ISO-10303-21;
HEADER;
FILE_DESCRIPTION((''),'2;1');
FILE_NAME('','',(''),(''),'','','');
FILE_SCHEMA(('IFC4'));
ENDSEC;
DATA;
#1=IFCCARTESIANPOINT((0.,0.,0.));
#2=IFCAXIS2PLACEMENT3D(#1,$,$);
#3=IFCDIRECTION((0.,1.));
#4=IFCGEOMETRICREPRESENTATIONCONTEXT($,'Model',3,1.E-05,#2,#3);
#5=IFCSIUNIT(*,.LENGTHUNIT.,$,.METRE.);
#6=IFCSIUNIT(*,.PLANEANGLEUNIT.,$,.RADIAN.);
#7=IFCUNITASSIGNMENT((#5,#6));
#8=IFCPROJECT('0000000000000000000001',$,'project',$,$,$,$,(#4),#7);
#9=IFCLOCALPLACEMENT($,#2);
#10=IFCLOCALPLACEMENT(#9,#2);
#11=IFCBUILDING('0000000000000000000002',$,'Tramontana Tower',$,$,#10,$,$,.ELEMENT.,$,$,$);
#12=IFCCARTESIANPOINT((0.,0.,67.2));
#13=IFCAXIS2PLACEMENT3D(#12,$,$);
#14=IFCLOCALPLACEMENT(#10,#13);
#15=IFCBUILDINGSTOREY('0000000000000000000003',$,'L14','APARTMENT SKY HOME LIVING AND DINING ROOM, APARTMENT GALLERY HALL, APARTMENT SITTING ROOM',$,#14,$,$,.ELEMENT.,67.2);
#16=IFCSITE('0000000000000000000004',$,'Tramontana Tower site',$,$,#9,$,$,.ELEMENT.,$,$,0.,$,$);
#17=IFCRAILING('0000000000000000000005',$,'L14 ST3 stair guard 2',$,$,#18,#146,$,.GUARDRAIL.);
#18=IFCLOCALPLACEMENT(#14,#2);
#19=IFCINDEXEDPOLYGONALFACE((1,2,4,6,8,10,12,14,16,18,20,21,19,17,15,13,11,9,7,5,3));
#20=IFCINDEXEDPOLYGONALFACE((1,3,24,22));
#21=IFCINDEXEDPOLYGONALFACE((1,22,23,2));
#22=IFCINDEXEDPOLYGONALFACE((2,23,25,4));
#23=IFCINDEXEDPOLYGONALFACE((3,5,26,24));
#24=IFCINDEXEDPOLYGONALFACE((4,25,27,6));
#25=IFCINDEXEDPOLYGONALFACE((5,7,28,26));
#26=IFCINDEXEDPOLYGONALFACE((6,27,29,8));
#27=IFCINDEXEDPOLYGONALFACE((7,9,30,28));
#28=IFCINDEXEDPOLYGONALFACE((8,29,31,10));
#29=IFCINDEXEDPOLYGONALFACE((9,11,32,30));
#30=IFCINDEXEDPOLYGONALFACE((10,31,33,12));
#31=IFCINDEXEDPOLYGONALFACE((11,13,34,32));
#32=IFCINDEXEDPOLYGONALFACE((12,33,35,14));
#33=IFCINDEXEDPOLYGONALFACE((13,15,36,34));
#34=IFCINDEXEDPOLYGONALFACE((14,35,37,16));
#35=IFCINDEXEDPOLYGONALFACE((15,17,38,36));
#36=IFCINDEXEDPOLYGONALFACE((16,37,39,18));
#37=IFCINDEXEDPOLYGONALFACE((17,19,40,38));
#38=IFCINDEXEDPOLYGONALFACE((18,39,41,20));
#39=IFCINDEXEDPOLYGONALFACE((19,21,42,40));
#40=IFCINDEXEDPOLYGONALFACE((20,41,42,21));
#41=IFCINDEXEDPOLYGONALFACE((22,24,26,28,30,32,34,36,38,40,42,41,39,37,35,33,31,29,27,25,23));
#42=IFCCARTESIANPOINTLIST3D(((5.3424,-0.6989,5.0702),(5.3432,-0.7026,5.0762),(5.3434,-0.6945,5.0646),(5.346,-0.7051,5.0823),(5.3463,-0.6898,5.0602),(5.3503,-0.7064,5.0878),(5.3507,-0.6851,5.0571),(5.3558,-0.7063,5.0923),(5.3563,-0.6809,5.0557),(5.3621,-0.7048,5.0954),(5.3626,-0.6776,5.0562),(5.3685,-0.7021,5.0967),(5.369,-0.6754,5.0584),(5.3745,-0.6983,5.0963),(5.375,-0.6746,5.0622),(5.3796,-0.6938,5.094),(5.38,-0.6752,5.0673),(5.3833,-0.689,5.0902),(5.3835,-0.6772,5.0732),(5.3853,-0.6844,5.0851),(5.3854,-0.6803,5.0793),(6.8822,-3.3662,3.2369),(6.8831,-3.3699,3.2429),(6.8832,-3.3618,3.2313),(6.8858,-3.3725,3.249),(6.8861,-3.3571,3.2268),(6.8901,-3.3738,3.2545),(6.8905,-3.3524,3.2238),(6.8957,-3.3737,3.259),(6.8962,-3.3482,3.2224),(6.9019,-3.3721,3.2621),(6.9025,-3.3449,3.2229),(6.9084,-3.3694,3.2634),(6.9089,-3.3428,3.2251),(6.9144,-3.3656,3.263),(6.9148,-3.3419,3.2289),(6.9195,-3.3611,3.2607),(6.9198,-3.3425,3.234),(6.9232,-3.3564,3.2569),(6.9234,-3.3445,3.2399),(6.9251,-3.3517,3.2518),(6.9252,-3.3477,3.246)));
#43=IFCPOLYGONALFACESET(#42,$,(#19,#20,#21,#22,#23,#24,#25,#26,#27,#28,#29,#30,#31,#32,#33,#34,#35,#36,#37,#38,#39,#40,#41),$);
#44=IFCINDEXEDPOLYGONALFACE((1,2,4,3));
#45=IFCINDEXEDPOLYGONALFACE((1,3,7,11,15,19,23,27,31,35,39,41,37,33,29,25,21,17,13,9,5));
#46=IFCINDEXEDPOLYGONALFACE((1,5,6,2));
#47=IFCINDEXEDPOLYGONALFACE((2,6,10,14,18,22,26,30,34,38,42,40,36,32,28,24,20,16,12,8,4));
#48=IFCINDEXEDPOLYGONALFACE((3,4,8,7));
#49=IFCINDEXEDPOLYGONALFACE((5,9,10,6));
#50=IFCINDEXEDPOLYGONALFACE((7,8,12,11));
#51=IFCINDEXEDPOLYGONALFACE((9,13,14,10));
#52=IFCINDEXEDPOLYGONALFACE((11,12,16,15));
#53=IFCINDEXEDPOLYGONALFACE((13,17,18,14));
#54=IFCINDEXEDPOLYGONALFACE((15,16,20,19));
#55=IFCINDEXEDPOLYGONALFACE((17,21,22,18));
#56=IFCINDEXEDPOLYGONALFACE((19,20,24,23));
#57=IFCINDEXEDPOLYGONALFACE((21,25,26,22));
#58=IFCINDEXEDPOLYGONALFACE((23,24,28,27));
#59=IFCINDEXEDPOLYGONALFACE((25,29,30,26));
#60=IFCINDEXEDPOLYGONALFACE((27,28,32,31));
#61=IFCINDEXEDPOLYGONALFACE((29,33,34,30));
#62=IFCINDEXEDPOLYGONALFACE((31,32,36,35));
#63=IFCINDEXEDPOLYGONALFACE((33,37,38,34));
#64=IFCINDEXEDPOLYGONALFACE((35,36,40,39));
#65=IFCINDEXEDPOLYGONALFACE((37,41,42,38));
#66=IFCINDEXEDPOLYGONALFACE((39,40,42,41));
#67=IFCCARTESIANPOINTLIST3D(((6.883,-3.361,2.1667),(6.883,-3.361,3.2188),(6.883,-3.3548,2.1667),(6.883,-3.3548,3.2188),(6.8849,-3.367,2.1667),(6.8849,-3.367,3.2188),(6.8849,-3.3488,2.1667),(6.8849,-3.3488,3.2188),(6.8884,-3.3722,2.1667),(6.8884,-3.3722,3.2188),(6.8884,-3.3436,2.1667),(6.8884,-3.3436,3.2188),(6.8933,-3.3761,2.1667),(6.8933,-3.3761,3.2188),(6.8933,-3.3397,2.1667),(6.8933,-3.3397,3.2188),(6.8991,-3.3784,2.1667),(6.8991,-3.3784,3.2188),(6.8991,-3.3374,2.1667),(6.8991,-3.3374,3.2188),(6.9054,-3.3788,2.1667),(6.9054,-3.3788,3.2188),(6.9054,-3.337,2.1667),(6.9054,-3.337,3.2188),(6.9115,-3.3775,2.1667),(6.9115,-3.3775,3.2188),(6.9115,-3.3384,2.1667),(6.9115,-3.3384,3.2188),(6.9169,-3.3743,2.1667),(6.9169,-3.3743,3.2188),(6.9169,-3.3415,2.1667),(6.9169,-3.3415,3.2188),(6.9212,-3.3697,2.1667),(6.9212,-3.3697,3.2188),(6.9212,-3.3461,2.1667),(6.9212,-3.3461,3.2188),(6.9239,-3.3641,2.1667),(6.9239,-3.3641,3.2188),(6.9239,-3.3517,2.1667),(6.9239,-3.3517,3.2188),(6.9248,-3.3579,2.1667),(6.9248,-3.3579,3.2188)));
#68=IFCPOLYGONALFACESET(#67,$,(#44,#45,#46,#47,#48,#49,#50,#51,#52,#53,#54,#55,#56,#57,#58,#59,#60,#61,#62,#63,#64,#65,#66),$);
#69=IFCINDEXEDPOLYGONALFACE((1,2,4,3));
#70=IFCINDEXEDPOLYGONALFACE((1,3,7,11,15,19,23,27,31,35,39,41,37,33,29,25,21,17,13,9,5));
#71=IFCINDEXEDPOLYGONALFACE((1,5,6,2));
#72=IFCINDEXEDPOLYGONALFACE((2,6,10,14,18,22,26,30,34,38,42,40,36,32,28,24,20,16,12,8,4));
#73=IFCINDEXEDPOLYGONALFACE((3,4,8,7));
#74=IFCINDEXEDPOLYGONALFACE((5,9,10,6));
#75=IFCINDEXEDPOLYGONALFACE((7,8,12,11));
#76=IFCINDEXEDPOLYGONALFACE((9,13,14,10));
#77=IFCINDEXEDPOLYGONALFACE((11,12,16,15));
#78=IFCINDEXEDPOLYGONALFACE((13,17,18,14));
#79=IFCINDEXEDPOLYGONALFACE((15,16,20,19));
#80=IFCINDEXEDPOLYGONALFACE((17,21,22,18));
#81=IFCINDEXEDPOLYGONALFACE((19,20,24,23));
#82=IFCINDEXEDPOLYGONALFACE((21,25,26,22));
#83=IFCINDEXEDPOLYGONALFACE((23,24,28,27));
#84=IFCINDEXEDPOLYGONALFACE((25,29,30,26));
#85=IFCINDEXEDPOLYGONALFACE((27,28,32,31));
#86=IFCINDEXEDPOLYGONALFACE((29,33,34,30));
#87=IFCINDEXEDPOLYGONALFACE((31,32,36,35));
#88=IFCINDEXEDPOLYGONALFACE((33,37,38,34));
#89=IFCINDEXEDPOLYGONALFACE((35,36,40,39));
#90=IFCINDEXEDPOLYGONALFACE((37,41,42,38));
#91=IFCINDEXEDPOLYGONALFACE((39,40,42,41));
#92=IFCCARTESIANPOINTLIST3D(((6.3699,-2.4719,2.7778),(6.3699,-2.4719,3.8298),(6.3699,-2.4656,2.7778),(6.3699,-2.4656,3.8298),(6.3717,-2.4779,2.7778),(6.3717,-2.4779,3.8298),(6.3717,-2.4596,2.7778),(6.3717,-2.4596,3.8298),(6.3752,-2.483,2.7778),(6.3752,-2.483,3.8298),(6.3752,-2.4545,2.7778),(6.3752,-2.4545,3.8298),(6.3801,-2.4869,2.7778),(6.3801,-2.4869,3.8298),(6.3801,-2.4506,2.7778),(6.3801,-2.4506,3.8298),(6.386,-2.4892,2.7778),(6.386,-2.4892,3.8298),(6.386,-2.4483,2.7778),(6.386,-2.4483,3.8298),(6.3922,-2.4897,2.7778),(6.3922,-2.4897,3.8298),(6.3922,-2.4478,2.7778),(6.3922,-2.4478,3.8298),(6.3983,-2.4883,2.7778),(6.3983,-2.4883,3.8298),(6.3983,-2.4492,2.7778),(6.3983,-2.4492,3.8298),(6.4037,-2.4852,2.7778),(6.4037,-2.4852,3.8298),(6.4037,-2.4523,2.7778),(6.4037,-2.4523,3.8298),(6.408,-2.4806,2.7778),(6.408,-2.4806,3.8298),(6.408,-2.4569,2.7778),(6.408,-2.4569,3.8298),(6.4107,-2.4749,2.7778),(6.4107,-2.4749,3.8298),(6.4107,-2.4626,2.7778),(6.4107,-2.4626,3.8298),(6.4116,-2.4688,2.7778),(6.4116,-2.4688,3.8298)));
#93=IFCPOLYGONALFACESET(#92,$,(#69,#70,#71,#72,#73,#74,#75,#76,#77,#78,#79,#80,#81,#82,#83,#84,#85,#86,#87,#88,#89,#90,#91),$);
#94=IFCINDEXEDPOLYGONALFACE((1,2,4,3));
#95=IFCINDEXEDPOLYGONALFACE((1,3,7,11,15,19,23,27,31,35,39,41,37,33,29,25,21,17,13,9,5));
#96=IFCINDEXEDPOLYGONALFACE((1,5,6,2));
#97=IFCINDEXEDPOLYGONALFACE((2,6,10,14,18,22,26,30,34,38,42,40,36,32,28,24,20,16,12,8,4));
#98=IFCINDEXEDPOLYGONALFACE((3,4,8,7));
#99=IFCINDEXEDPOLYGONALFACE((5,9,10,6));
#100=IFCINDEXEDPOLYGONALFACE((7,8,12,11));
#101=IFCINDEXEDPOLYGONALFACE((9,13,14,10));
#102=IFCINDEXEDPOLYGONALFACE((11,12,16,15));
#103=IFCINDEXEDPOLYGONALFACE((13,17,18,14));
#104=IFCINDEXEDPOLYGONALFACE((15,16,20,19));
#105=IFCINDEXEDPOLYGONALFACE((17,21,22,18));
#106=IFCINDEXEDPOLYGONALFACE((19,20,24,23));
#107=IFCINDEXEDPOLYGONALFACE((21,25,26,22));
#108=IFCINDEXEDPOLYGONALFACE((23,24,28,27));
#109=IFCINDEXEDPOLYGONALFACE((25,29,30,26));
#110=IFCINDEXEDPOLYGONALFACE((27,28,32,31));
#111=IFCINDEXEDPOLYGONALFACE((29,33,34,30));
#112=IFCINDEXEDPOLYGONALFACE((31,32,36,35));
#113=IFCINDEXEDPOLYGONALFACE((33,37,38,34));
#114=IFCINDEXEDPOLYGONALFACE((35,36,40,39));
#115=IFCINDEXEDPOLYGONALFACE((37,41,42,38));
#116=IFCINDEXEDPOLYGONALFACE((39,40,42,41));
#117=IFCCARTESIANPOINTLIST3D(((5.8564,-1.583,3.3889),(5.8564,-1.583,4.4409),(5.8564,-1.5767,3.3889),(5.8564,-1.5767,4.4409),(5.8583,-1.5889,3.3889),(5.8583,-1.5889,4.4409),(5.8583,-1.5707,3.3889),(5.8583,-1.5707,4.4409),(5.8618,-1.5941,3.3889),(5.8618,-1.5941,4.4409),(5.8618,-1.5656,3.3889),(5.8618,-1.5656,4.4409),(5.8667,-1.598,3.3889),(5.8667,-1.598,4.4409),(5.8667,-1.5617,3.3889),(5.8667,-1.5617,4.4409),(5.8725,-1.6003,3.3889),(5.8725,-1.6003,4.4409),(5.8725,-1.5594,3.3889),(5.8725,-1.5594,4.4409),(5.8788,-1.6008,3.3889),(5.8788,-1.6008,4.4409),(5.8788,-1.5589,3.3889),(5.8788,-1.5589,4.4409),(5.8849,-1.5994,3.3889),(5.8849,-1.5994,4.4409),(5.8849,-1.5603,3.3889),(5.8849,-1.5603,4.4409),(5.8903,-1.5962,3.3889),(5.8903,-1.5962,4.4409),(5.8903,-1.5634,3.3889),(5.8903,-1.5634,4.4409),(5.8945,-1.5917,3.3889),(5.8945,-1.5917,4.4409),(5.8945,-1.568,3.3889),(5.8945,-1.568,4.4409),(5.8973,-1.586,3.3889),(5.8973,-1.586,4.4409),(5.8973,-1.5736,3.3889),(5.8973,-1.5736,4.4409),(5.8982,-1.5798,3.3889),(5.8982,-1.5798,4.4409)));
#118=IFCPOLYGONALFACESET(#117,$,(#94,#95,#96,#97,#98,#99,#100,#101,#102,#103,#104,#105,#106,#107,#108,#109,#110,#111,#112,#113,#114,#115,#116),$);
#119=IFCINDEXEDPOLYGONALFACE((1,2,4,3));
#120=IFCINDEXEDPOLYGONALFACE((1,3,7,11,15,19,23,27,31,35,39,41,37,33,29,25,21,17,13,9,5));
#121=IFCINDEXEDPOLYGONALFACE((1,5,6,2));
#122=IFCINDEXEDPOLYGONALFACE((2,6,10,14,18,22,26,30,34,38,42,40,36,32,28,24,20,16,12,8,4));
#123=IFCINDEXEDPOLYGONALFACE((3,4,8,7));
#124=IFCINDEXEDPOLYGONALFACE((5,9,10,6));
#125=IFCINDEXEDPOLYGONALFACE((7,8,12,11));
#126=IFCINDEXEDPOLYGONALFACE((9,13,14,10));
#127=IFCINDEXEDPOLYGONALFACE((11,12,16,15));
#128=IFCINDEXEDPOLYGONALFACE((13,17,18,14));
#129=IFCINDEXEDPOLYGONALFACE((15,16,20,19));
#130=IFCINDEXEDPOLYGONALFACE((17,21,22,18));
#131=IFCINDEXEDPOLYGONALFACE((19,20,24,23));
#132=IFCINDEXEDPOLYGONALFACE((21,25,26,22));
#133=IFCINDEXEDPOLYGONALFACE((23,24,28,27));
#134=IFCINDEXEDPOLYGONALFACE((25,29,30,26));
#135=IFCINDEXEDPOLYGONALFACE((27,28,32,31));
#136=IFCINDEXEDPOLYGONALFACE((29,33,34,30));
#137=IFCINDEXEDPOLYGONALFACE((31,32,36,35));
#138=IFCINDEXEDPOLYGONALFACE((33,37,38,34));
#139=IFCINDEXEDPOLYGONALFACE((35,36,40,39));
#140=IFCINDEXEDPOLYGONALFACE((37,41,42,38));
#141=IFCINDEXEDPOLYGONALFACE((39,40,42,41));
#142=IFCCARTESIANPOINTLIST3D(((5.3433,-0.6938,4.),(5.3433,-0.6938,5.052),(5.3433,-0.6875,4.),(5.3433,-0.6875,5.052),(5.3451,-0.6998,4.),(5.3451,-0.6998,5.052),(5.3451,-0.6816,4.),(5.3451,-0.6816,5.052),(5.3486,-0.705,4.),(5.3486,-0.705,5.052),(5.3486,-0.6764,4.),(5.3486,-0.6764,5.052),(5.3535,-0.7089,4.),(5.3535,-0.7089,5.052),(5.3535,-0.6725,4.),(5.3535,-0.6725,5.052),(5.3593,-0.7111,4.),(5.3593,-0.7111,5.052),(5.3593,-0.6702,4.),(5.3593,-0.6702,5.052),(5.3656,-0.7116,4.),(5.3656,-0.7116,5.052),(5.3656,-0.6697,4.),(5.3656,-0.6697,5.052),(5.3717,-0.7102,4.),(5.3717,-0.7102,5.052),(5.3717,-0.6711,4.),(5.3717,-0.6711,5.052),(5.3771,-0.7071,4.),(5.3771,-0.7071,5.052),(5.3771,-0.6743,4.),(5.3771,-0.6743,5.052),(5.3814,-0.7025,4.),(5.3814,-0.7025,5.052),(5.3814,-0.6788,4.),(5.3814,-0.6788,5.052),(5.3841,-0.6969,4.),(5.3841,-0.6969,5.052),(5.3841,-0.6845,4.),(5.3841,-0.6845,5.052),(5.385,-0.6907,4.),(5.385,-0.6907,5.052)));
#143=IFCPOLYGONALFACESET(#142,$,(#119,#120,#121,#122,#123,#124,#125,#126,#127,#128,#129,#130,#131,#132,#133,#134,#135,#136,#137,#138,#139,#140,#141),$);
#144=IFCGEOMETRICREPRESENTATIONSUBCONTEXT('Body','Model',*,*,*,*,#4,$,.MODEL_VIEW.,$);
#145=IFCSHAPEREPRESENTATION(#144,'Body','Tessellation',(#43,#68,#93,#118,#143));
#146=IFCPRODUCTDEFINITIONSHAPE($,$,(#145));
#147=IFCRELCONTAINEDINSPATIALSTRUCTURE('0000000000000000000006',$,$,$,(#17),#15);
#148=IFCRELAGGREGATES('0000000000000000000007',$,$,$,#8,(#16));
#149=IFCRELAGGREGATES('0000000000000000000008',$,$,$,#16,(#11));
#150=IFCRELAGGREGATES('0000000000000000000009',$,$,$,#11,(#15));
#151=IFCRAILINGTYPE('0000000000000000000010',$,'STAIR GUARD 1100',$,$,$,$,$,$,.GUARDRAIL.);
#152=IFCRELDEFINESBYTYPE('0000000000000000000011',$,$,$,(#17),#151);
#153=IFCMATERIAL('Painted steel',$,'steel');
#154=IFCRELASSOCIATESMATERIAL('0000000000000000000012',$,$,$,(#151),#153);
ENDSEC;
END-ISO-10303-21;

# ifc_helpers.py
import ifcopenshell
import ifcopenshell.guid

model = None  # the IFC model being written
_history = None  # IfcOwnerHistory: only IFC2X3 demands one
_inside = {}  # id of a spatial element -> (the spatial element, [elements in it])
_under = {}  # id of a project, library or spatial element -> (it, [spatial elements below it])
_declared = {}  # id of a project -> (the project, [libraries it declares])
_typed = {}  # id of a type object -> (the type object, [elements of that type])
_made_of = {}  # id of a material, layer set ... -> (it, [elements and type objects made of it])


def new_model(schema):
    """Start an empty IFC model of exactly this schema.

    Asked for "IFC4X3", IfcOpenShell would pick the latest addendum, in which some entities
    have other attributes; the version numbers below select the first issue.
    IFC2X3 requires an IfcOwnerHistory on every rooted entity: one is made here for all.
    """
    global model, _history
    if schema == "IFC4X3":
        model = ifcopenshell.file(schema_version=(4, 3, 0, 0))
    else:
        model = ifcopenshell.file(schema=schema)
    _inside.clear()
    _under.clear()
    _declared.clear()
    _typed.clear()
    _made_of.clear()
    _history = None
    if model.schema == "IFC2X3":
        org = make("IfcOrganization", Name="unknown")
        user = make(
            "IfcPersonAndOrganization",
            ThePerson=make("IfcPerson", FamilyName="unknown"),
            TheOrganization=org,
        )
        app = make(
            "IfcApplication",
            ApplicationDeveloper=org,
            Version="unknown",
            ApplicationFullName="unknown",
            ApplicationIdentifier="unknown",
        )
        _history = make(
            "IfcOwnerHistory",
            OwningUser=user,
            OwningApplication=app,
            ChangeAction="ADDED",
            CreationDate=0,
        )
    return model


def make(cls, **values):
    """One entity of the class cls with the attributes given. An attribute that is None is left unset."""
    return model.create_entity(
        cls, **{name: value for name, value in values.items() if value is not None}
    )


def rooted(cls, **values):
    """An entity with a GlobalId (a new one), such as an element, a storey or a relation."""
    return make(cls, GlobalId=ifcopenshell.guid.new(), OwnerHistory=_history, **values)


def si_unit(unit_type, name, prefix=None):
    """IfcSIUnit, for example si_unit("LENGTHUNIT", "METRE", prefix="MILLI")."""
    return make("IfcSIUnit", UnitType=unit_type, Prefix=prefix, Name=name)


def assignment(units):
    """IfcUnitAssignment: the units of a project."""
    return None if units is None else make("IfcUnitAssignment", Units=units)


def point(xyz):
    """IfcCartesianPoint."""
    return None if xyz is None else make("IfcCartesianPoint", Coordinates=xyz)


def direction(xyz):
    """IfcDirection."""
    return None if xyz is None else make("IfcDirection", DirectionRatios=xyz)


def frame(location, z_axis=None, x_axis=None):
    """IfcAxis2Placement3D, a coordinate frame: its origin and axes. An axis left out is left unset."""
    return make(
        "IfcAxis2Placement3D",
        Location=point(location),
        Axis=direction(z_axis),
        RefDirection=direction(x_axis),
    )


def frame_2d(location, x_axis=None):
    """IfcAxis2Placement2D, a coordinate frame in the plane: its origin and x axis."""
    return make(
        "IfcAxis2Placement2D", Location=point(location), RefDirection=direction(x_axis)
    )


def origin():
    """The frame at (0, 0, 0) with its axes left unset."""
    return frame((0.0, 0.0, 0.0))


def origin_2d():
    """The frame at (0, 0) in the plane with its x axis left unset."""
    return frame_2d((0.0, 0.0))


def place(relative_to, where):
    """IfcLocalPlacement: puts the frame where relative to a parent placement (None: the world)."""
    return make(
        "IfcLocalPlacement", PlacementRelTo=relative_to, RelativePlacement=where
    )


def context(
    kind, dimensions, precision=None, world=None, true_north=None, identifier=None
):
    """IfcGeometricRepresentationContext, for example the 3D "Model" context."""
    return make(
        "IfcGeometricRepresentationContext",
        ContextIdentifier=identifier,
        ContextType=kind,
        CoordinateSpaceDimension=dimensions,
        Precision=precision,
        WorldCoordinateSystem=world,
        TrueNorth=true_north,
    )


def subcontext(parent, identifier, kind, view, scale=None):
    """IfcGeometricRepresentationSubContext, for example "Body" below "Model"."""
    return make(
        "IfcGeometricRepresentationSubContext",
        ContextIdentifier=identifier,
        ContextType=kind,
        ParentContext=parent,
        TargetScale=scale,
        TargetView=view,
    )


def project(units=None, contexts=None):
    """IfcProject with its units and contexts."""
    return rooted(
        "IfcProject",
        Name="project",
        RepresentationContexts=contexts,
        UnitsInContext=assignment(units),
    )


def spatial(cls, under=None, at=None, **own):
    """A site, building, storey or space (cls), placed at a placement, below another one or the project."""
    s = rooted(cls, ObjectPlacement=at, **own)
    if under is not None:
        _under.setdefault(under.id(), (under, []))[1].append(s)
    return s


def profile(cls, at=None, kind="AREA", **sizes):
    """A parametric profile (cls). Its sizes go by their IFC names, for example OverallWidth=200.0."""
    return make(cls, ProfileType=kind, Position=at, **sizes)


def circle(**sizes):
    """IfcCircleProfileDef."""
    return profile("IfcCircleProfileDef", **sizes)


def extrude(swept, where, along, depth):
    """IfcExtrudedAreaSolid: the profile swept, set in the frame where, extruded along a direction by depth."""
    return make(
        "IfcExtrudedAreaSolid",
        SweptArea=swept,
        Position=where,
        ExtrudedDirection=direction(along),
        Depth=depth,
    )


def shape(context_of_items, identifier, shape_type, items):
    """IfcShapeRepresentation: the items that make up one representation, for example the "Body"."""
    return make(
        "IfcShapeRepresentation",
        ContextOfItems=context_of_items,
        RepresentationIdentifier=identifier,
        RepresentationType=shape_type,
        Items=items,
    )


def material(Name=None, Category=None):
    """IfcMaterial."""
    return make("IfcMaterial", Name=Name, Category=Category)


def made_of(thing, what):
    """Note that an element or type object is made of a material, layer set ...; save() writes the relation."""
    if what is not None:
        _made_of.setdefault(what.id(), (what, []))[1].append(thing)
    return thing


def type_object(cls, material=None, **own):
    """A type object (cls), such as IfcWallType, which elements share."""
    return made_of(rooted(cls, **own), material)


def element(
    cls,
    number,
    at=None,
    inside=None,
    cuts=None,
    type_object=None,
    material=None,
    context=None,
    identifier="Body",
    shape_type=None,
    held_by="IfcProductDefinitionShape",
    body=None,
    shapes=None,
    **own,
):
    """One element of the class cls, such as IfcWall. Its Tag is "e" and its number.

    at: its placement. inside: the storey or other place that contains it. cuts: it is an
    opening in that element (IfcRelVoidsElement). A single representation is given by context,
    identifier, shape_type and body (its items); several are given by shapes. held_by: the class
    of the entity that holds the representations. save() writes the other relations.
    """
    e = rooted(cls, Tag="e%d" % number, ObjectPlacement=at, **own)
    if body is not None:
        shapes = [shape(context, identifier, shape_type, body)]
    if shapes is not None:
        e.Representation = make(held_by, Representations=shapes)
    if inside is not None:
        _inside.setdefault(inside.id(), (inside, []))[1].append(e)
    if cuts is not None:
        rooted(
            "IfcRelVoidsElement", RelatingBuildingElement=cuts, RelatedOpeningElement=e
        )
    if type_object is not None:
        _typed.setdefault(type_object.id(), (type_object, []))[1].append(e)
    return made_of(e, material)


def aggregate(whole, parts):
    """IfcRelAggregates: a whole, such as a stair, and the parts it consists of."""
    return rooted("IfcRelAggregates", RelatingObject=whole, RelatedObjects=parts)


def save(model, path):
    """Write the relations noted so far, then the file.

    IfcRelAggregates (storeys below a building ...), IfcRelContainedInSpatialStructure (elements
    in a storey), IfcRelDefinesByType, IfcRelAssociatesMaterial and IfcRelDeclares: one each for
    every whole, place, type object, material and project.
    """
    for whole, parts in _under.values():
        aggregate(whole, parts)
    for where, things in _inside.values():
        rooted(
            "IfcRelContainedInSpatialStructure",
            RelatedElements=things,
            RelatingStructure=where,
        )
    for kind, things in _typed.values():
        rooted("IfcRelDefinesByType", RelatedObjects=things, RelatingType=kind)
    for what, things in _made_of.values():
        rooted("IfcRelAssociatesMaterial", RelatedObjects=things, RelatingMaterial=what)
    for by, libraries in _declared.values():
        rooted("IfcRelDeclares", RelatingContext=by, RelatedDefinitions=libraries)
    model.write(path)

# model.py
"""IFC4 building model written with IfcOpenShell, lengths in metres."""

from ifc_helpers import new_model, si_unit, direction, frame, origin, origin_2d, place, context, subcontext, project, spatial, circle, extrude, material, type_object, element, save


model = new_model("IFC4")

# Units and contexts
model_context = context("Model", 3, precision=1e-05, world=origin(), true_north=direction((0.0, 1.0)))
body_context = subcontext(model_context, "Body", "Model", "MODEL_VIEW")
ifc_project = project(units=[si_unit("LENGTHUNIT", "METRE"), si_unit("PLANEANGLEUNIT", "RADIAN")], contexts=[model_context])

# Site, building, storey
site_placement = place(None, origin())
site = spatial("IfcSite", under=ifc_project, at=site_placement, Name="Tramontana Tower site", CompositionType="ELEMENT", RefElevation=0.0)
building_placement = place(site_placement, origin())
building = spatial("IfcBuilding", under=site, at=building_placement, Name="Tramontana Tower", CompositionType="ELEMENT")
storey_placement = place(building_placement, frame((0.0, 0.0, 67.2)))
storey = spatial("IfcBuildingStorey", under=building, at=storey_placement, Name="L14", Description="APARTMENT SKY HOME LIVING AND DINING ROOM, APARTMENT GALLERY HALL, APARTMENT SITTING ROOM", CompositionType="ELEMENT", Elevation=67.2)

# Railing
ifc_material_1 = material(Name="Painted steel", Category="steel")
railing_type_1 = type_object("IfcRailingType", Name="STAIR GUARD 1100", PredefinedType="GUARDRAIL", material=ifc_material_1)
railing_1_placement = place(storey_placement, frame((6.9038, -3.3579, 2.1667)))
element("IfcRailing", 1, at=railing_1_placement, inside=storey, type_object=railing_type_1, Name="L14 ST3 stair guard 2", PredefinedType="GUARDRAIL", context=body_context, shape_type="SweptSolid", body=[
    extrude(circle(Radius=0.0239, at=origin_2d()), frame((0.0, 0.0, 1.0762), z_axis=(-0.429616, 0.744181, 0.511493), x_axis=(-0.866044, -0.499967, 0.0)), (0.0, 0.0, 1.0), 3.5842),
    extrude(circle(Radius=0.021, at=origin_2d()), origin(), (0.0, 0.0, 1.0), 1.052),
    extrude(circle(Radius=0.021, at=origin_2d()), frame((-0.5132, 0.8892, 0.6111)), (0.0, 0.0, 1.0), 1.052),
    extrude(circle(Radius=0.021, at=origin_2d()), frame((-1.0266, 1.7781, 1.2222)), (0.0, 0.0, 1.0), 1.052),
    extrude(circle(Radius=0.021, at=origin_2d()), frame((-1.5398, 2.6672, 1.8333)), (0.0, 0.0, 1.0), 1.052),
])

save(model, "model.ifc")
